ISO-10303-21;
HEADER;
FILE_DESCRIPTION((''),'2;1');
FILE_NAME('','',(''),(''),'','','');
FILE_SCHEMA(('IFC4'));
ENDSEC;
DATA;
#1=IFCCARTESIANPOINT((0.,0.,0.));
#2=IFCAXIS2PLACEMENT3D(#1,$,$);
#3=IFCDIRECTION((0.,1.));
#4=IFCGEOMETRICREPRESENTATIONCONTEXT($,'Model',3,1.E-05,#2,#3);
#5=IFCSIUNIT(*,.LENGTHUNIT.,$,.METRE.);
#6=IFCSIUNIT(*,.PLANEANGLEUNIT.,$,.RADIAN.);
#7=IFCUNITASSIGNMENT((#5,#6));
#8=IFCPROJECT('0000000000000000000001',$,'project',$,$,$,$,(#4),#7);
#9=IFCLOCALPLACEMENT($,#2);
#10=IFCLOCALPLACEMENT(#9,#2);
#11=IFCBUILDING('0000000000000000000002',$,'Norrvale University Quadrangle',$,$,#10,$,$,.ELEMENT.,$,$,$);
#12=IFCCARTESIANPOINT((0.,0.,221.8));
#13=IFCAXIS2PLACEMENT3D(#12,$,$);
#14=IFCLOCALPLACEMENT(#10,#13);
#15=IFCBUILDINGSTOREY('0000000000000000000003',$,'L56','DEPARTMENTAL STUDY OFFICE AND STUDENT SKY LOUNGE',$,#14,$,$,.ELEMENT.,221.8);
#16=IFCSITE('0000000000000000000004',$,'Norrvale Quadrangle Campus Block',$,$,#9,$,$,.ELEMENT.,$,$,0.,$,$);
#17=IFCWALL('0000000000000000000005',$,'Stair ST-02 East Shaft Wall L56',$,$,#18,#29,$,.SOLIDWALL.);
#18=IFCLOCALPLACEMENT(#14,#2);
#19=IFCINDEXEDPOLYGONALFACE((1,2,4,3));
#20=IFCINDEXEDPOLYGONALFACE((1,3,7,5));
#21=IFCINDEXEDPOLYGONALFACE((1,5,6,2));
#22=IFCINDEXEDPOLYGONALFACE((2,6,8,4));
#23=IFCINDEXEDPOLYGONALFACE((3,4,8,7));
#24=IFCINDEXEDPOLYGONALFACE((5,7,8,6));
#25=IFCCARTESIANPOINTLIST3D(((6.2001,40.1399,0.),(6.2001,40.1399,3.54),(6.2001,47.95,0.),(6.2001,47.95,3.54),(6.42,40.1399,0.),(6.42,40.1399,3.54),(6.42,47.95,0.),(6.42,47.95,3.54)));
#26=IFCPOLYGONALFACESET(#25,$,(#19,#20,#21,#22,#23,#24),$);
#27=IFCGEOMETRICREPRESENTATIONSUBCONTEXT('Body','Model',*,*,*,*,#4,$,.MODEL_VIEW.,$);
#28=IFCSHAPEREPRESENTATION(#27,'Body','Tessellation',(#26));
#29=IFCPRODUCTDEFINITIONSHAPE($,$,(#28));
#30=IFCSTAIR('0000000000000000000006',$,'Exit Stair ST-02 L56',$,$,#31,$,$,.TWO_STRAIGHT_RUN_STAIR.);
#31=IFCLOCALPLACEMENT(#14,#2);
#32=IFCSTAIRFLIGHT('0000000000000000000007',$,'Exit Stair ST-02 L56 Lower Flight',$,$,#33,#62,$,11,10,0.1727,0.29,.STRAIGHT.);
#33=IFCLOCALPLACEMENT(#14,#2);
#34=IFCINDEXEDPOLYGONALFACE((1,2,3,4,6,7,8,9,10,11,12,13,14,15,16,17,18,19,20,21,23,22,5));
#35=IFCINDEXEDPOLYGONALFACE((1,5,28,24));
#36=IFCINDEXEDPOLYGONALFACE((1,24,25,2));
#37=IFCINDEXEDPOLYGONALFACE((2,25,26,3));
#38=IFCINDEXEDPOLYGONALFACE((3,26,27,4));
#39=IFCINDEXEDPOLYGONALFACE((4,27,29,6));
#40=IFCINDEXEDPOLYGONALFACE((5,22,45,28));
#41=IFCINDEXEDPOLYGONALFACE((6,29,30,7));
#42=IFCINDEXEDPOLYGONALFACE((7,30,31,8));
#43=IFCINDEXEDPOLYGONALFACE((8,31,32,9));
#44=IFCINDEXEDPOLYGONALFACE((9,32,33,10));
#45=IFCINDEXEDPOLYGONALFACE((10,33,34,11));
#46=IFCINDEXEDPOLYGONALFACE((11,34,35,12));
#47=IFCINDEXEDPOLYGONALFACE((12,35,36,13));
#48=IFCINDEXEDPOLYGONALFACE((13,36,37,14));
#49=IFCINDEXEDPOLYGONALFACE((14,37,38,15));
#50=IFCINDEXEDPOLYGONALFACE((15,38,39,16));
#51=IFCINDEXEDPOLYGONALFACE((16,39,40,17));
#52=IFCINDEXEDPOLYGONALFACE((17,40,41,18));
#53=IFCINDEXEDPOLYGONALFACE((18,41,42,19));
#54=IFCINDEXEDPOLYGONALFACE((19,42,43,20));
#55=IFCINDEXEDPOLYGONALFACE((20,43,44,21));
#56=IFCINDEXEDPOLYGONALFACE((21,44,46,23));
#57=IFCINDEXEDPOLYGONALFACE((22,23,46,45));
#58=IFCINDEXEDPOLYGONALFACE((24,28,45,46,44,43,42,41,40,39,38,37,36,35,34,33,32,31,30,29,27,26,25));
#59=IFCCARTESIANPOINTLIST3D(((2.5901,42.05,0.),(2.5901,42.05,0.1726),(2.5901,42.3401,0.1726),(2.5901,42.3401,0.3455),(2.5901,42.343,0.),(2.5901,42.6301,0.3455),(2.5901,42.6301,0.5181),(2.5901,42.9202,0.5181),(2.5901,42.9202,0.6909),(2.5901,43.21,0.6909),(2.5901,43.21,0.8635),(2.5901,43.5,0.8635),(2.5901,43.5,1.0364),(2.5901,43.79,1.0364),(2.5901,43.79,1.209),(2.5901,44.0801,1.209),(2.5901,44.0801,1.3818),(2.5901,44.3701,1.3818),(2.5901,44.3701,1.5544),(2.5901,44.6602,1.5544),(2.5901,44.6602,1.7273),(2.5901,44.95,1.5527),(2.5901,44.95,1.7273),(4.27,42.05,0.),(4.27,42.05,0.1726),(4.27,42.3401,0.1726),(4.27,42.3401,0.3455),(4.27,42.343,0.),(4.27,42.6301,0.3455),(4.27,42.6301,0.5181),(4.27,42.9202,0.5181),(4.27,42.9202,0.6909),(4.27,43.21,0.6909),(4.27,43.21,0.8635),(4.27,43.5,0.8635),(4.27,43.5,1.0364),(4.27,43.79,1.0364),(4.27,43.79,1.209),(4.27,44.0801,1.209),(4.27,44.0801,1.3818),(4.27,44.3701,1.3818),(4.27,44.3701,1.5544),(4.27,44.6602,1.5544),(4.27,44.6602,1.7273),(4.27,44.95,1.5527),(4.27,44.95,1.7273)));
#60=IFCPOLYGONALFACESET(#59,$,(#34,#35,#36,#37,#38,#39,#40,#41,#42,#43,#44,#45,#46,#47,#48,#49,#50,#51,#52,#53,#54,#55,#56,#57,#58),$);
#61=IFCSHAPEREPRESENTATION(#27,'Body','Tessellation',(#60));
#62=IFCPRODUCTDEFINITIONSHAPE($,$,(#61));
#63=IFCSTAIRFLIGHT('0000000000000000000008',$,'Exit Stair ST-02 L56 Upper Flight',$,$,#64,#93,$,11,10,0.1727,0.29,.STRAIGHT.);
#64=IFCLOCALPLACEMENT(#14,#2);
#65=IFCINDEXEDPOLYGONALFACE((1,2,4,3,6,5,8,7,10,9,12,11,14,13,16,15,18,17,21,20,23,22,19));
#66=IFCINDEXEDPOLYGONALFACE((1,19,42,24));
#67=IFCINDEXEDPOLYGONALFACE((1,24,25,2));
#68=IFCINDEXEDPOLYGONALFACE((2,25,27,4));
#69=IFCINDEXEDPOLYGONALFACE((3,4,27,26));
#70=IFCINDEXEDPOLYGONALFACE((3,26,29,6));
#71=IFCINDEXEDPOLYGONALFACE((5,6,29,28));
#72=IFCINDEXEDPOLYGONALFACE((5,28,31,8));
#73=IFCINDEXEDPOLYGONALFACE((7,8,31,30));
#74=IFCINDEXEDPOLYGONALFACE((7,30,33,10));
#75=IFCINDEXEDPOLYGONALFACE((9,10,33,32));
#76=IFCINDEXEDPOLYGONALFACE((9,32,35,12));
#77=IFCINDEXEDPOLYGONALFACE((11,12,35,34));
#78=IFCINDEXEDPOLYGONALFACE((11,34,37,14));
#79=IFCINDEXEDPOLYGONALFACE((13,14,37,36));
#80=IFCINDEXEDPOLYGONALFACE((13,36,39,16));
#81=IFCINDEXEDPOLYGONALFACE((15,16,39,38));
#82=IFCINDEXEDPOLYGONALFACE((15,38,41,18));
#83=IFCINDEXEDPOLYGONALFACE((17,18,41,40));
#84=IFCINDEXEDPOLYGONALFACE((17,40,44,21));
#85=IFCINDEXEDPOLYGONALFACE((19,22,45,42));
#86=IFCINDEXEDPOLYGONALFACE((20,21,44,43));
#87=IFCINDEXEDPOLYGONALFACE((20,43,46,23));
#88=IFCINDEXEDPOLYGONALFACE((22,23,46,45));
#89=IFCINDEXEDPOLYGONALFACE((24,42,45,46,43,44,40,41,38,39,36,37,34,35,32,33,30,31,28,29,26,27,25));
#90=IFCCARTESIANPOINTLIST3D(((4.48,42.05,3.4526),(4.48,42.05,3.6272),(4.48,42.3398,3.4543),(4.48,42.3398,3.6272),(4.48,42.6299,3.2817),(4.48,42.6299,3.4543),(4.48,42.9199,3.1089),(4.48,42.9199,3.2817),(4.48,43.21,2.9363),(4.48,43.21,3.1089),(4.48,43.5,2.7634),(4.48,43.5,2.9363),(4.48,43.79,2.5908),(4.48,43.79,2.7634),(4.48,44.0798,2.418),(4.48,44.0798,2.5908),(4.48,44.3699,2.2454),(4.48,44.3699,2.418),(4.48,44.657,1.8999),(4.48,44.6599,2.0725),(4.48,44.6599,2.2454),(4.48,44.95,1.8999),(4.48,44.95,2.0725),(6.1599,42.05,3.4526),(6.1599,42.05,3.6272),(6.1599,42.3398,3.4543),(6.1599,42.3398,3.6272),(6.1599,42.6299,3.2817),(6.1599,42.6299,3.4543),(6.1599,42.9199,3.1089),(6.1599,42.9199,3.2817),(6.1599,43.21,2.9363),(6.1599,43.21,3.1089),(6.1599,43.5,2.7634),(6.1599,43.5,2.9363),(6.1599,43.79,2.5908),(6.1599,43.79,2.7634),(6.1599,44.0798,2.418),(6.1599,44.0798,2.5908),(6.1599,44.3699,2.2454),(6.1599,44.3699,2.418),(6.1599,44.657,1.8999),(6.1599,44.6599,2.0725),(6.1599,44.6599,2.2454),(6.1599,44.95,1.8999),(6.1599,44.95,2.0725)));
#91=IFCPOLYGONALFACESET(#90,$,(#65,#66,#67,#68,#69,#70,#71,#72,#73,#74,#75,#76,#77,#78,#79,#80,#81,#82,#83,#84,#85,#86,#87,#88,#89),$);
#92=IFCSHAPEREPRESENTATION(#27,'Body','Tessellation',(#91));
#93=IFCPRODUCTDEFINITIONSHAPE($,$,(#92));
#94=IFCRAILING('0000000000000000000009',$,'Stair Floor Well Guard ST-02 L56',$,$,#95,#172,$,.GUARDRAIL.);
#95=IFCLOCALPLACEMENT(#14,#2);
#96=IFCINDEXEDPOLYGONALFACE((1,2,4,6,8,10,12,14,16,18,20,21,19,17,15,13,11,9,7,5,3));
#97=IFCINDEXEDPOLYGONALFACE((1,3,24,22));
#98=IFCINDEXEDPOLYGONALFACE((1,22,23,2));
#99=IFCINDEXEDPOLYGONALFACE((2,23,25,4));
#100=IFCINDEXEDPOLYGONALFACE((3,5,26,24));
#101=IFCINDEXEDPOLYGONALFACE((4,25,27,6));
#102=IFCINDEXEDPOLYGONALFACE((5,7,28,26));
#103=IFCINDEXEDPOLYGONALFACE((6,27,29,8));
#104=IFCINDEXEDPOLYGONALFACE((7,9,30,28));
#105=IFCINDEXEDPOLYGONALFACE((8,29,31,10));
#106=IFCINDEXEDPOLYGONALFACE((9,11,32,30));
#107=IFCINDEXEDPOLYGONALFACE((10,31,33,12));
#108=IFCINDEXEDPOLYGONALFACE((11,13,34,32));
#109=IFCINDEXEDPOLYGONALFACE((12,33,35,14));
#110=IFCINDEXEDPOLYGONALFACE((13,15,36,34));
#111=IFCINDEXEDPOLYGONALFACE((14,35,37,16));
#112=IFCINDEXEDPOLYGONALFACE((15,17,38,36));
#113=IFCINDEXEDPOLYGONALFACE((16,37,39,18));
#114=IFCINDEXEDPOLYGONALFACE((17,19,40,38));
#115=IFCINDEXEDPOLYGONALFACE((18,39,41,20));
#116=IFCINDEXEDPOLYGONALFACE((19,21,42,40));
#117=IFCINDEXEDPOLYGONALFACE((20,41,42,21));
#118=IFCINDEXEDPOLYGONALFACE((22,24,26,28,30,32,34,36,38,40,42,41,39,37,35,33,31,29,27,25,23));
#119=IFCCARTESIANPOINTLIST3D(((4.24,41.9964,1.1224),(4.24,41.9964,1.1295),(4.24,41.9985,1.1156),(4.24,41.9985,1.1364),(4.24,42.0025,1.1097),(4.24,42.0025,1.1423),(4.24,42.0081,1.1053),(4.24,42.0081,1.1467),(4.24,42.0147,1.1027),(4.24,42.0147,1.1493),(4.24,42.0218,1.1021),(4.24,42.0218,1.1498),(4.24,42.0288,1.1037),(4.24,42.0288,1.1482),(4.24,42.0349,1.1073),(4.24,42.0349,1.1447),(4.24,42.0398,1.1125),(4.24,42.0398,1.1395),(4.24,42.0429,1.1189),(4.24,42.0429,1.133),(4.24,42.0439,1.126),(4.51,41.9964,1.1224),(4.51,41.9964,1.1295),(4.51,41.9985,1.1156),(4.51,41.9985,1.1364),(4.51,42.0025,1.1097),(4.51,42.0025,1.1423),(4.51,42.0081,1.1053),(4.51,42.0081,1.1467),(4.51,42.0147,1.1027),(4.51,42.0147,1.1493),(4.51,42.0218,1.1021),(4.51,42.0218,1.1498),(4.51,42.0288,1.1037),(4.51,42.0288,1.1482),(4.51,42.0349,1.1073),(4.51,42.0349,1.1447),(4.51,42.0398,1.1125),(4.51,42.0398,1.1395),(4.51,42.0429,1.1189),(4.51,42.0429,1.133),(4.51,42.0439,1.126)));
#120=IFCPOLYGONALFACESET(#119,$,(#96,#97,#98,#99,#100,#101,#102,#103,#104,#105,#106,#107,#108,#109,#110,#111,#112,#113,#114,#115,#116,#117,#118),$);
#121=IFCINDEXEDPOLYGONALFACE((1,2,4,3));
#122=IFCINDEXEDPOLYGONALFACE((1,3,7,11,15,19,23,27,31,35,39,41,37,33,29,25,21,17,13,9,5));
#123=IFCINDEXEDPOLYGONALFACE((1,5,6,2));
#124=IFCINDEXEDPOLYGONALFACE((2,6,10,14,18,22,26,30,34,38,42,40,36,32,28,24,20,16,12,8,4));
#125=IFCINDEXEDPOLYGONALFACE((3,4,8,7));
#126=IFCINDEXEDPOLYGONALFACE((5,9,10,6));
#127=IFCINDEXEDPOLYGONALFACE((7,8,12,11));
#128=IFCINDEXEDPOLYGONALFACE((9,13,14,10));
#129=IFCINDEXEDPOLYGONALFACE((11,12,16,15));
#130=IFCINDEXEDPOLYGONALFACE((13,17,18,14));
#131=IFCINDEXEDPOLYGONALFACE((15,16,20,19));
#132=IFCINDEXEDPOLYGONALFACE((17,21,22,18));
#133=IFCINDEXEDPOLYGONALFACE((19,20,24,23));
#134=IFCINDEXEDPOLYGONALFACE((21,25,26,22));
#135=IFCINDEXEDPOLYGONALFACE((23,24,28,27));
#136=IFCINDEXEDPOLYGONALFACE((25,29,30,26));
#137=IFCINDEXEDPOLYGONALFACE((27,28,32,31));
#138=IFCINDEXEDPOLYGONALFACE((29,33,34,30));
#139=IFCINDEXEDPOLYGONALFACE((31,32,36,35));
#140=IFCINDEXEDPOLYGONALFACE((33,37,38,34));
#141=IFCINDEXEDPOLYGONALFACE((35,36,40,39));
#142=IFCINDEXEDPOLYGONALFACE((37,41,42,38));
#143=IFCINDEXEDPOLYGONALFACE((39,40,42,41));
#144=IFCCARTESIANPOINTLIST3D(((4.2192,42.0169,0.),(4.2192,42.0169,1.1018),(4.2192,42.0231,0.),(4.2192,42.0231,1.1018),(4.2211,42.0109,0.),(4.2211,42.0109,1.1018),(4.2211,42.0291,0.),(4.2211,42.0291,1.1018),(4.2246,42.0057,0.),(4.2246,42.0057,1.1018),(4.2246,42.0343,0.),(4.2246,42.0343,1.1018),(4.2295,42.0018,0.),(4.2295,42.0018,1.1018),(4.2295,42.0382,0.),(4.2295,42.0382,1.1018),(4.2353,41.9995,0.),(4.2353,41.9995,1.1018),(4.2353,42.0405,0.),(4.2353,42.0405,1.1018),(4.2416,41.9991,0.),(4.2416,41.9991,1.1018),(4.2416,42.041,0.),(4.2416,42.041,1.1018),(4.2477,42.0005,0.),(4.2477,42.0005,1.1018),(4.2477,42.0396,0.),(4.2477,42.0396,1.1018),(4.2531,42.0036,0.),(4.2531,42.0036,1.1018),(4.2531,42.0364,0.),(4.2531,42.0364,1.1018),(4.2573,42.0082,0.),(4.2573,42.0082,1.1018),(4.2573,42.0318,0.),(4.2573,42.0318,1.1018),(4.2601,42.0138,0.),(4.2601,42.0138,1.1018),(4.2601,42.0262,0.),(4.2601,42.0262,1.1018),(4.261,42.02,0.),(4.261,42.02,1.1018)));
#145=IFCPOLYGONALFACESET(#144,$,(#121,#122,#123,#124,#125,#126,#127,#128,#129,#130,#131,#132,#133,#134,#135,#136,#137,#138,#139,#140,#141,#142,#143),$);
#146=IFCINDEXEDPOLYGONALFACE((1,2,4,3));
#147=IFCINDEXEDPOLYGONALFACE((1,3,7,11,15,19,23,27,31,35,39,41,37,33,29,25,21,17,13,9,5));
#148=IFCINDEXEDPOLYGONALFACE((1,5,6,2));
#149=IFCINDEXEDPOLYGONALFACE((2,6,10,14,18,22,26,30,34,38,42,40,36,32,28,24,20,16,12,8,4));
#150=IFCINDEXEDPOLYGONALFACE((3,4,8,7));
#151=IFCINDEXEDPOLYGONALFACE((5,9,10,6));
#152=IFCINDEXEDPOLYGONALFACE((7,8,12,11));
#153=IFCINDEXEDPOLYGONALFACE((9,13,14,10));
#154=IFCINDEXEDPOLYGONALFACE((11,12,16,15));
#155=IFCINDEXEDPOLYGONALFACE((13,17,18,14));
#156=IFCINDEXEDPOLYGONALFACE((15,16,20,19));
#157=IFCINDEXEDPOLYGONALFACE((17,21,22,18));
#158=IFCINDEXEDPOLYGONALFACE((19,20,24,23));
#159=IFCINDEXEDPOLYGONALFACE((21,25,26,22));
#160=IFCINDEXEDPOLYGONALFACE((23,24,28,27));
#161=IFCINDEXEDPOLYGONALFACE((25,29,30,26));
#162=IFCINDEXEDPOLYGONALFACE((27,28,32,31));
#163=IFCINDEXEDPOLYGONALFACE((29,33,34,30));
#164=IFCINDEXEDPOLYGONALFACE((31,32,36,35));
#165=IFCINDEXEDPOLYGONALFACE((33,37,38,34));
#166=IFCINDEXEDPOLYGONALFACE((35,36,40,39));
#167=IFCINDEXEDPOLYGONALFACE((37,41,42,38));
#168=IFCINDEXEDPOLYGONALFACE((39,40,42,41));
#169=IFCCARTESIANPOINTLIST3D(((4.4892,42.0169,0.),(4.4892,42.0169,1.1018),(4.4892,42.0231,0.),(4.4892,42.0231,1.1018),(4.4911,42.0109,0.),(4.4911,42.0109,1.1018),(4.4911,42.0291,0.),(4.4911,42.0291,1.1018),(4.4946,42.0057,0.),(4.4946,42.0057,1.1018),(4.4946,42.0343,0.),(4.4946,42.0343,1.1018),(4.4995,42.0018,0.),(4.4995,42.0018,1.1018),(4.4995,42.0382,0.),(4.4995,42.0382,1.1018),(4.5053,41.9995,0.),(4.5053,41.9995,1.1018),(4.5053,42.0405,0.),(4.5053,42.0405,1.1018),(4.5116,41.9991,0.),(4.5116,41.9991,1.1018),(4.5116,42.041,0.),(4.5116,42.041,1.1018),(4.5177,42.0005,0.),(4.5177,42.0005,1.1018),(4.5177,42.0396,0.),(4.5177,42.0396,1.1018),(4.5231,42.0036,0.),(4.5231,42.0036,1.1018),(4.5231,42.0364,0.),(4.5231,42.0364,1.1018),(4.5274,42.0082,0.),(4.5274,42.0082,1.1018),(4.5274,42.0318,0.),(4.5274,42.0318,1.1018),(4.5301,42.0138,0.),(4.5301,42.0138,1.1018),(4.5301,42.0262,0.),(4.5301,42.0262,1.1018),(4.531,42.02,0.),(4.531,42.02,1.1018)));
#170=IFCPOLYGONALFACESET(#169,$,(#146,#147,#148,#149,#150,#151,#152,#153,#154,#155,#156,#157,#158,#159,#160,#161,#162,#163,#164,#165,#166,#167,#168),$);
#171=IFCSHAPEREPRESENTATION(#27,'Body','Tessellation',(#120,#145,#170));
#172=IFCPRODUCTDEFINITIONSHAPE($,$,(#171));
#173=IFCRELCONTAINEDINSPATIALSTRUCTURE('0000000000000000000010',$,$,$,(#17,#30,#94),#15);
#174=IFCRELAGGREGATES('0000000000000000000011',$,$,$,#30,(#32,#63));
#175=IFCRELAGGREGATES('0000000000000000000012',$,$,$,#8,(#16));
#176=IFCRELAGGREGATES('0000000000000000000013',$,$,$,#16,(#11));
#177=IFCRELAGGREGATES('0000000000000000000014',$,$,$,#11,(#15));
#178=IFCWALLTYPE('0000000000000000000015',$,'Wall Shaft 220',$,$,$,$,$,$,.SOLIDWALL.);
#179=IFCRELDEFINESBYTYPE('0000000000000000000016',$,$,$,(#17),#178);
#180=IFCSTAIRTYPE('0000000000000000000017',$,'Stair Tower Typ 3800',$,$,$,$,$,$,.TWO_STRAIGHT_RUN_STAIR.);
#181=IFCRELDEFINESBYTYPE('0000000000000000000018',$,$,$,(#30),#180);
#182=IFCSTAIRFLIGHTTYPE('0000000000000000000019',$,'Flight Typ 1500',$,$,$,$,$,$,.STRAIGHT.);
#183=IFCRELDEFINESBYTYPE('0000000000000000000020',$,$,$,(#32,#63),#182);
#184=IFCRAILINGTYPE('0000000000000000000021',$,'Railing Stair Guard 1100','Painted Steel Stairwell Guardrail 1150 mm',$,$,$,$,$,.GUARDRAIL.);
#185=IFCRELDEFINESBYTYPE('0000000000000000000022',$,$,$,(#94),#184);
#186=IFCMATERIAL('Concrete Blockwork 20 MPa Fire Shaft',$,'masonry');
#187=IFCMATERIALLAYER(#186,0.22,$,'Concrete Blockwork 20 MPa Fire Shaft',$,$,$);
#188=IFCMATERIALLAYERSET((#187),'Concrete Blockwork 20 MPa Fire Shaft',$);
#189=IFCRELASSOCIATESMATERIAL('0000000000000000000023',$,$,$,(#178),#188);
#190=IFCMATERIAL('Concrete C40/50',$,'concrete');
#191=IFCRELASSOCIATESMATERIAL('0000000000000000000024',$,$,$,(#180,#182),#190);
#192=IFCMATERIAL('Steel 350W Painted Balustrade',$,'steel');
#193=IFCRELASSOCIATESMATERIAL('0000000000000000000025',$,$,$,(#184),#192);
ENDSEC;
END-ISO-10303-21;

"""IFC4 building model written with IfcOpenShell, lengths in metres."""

from ifc_helpers import new_model, si_unit, direction, frame, frame_2d, origin, origin_2d, place, context, subcontext, project, spatial, polyline, rectangle, circle, outline, extrude, material, layer, layer_set, type_object, element, aggregate, save


model = new_model("IFC4")

# Units and contexts
model_context = context("Model", 3, precision=1e-05, world=origin(), true_north=direction((0.0, 1.0)))
body_context = subcontext(model_context, "Body", "Model", "MODEL_VIEW")
ifc_project = project(units=[si_unit("LENGTHUNIT", "METRE"), si_unit("PLANEANGLEUNIT", "RADIAN")], contexts=[model_context])

# Site, building, storey
site_placement = place(None, origin())
site = spatial("IfcSite", under=ifc_project, at=site_placement, Name="Norrvale Quadrangle Campus Block", CompositionType="ELEMENT", RefElevation=0.0)
building_placement = place(site_placement, origin())
building = spatial("IfcBuilding", under=site, at=building_placement, Name="Norrvale University Quadrangle", CompositionType="ELEMENT")
storey_placement = place(building_placement, frame((0.0, 0.0, 221.8)))
storey = spatial("IfcBuildingStorey", under=building, at=storey_placement, Name="L56", Description="DEPARTMENTAL STUDY OFFICE AND STUDENT SKY LOUNGE", CompositionType="ELEMENT", Elevation=221.8)

# Shared definitions
ifc_material_1 = material(Name="Concrete Blockwork 20 MPa Fire Shaft", Category="masonry")
ifc_layer_1 = layer(ifc_material_1, 0.22, Name="Concrete Blockwork 20 MPa Fire Shaft")
ifc_layer_set_1 = layer_set([ifc_layer_1], Name="Concrete Blockwork 20 MPa Fire Shaft")
wall_type_1 = type_object("IfcWallType", Name="Wall Shaft 220", PredefinedType="SOLIDWALL", material=ifc_layer_set_1)

# Wall
wall_1_placement = place(storey_placement, frame((6.3101, 40.1399, 0.0), z_axis=(0.0, 0.0, 1.0), x_axis=(0.0, 1.0, 0.0)))
element("IfcWall", 1, at=wall_1_placement, inside=storey, type_object=wall_type_1, Name="Stair ST-02 East Shaft Wall L56", PredefinedType="SOLIDWALL", context=body_context, shape_type="SweptSolid", body=[
    extrude(rectangle(XDim=7.8101, YDim=0.22, at=frame_2d((3.905, 0.0))), origin(), (0.0, 0.0, 1.0), 3.54),
])

# Stair, stair flights
ifc_material_2 = material(Name="Concrete C40/50", Category="concrete")
stair_type = type_object("IfcStairType", Name="Stair Tower Typ 3800", PredefinedType="TWO_STRAIGHT_RUN_STAIR", material=ifc_material_2)
stair_placement = place(storey_placement, origin())
stair = element("IfcStair", 2, at=stair_placement, inside=storey, type_object=stair_type, Name="Exit Stair ST-02 L56", PredefinedType="TWO_STRAIGHT_RUN_STAIR")
stair_flight_type = type_object("IfcStairFlightType", Name="Flight Typ 1500", PredefinedType="STRAIGHT", material=ifc_material_2)
stair_flight_1_placement = place(storey_placement, frame((3.4299, 42.05, 0.0), z_axis=(0.0, 0.0, 1.0), x_axis=(0.0, 1.0, 0.0)))
stair_flight_1 = element("IfcStairFlight", 3, at=stair_flight_1_placement, type_object=stair_flight_type, Name="Exit Stair ST-02 L56 Lower Flight", NumberOfRisers=11, NumberOfTreads=10, PredefinedType="STRAIGHT", RiserHeight=0.1727, TreadLength=0.29, context=body_context, shape_type="SweptSolid", body=[
    extrude(outline(polyline([(0.0, 0.0), (0.0, 0.1726), (0.29, 0.1726), (0.29, 0.3455), (0.5801, 0.3455), (0.5801, 0.5181), (0.8701, 0.5181), (0.8701, 0.6909), (1.1599, 0.6909), (1.1599, 0.8635), (1.45, 0.8635), (1.45, 1.0364), (1.74, 1.0364), (1.74, 1.209), (2.03, 1.209), (2.03, 1.3818), (2.3201, 1.3818), (2.3201, 1.5544), (2.6101, 1.5544), (2.6101, 1.7273), (2.8999, 1.7273), (2.8999, 1.8999), (2.8999, 1.5527), (0.293, 0.0), (0.0, 0.0)])), frame((0.0, 0.8398, 0.0), z_axis=(0.0, -1.0, 0.0), x_axis=(1.0, 0.0, 0.0)), (0.0, 0.0, 1.0), 1.6799),
])
stair_flight_2_placement = place(storey_placement, frame((5.3201, 44.95, 1.8999), z_axis=(0.0, 0.0, 1.0), x_axis=(0.0, -1.0, 0.0)))
stair_flight_2 = element("IfcStairFlight", 4, at=stair_flight_2_placement, type_object=stair_flight_type, Name="Exit Stair ST-02 L56 Upper Flight", NumberOfRisers=11, NumberOfTreads=10, PredefinedType="STRAIGHT", RiserHeight=0.1727, TreadLength=0.29, context=body_context, shape_type="SweptSolid", body=[
    extrude(outline(polyline([(0.0, 0.0), (0.0, 0.1726), (0.29, 0.1726), (0.29, 0.3455), (0.5801, 0.3455), (0.5801, 0.5181), (0.8701, 0.5181), (0.8701, 0.6909), (1.1599, 0.6909), (1.1599, 0.8635), (1.45, 0.8635), (1.45, 1.0364), (1.74, 1.0364), (1.74, 1.209), (2.03, 1.209), (2.03, 1.3818), (2.3201, 1.3818), (2.3201, 1.5544), (2.6101, 1.5544), (2.6101, 1.7273), (2.8999, 1.7273), (2.8999, 1.8999), (2.8999, 1.5527), (0.293, 0.0), (0.0, 0.0)])), frame((0.0, 0.8398, 0.0), z_axis=(0.0, -1.0, 0.0), x_axis=(1.0, 0.0, 0.0)), (0.0, 0.0, 1.0), 1.6799),
])
aggregate(stair, [stair_flight_1, stair_flight_2])

# Railing
ifc_material_3 = material(Name="Steel 350W Painted Balustrade", Category="steel")
railing_type_1 = type_object("IfcRailingType", Name="Railing Stair Guard 1100", Description="Painted Steel Stairwell Guardrail 1150 mm", PredefinedType="GUARDRAIL", material=ifc_material_3)
railing_1_placement = place(storey_placement, frame((4.24, 42.02, 0.0)))
element("IfcRailing", 5, at=railing_1_placement, inside=storey, type_object=railing_type_1, Name="Stair Floor Well Guard ST-02 L56", PredefinedType="GUARDRAIL", context=body_context, shape_type="SweptSolid", body=[
    extrude(circle(Radius=0.0239, at=origin_2d()), frame((0.0, 0.0, 1.126), z_axis=(1.0, 0.0, 0.0), x_axis=(0.0, 1.0, 0.0)), (0.0, 0.0, 1.0), 0.27),
    extrude(circle(Radius=0.021, at=origin_2d()), origin(), (0.0, 0.0, 1.0), 1.1018),
    extrude(circle(Radius=0.021, at=origin_2d()), frame((0.27, 0.0, 0.0)), (0.0, 0.0, 1.0), 1.1018),
])

save(model, "model.ifc")
